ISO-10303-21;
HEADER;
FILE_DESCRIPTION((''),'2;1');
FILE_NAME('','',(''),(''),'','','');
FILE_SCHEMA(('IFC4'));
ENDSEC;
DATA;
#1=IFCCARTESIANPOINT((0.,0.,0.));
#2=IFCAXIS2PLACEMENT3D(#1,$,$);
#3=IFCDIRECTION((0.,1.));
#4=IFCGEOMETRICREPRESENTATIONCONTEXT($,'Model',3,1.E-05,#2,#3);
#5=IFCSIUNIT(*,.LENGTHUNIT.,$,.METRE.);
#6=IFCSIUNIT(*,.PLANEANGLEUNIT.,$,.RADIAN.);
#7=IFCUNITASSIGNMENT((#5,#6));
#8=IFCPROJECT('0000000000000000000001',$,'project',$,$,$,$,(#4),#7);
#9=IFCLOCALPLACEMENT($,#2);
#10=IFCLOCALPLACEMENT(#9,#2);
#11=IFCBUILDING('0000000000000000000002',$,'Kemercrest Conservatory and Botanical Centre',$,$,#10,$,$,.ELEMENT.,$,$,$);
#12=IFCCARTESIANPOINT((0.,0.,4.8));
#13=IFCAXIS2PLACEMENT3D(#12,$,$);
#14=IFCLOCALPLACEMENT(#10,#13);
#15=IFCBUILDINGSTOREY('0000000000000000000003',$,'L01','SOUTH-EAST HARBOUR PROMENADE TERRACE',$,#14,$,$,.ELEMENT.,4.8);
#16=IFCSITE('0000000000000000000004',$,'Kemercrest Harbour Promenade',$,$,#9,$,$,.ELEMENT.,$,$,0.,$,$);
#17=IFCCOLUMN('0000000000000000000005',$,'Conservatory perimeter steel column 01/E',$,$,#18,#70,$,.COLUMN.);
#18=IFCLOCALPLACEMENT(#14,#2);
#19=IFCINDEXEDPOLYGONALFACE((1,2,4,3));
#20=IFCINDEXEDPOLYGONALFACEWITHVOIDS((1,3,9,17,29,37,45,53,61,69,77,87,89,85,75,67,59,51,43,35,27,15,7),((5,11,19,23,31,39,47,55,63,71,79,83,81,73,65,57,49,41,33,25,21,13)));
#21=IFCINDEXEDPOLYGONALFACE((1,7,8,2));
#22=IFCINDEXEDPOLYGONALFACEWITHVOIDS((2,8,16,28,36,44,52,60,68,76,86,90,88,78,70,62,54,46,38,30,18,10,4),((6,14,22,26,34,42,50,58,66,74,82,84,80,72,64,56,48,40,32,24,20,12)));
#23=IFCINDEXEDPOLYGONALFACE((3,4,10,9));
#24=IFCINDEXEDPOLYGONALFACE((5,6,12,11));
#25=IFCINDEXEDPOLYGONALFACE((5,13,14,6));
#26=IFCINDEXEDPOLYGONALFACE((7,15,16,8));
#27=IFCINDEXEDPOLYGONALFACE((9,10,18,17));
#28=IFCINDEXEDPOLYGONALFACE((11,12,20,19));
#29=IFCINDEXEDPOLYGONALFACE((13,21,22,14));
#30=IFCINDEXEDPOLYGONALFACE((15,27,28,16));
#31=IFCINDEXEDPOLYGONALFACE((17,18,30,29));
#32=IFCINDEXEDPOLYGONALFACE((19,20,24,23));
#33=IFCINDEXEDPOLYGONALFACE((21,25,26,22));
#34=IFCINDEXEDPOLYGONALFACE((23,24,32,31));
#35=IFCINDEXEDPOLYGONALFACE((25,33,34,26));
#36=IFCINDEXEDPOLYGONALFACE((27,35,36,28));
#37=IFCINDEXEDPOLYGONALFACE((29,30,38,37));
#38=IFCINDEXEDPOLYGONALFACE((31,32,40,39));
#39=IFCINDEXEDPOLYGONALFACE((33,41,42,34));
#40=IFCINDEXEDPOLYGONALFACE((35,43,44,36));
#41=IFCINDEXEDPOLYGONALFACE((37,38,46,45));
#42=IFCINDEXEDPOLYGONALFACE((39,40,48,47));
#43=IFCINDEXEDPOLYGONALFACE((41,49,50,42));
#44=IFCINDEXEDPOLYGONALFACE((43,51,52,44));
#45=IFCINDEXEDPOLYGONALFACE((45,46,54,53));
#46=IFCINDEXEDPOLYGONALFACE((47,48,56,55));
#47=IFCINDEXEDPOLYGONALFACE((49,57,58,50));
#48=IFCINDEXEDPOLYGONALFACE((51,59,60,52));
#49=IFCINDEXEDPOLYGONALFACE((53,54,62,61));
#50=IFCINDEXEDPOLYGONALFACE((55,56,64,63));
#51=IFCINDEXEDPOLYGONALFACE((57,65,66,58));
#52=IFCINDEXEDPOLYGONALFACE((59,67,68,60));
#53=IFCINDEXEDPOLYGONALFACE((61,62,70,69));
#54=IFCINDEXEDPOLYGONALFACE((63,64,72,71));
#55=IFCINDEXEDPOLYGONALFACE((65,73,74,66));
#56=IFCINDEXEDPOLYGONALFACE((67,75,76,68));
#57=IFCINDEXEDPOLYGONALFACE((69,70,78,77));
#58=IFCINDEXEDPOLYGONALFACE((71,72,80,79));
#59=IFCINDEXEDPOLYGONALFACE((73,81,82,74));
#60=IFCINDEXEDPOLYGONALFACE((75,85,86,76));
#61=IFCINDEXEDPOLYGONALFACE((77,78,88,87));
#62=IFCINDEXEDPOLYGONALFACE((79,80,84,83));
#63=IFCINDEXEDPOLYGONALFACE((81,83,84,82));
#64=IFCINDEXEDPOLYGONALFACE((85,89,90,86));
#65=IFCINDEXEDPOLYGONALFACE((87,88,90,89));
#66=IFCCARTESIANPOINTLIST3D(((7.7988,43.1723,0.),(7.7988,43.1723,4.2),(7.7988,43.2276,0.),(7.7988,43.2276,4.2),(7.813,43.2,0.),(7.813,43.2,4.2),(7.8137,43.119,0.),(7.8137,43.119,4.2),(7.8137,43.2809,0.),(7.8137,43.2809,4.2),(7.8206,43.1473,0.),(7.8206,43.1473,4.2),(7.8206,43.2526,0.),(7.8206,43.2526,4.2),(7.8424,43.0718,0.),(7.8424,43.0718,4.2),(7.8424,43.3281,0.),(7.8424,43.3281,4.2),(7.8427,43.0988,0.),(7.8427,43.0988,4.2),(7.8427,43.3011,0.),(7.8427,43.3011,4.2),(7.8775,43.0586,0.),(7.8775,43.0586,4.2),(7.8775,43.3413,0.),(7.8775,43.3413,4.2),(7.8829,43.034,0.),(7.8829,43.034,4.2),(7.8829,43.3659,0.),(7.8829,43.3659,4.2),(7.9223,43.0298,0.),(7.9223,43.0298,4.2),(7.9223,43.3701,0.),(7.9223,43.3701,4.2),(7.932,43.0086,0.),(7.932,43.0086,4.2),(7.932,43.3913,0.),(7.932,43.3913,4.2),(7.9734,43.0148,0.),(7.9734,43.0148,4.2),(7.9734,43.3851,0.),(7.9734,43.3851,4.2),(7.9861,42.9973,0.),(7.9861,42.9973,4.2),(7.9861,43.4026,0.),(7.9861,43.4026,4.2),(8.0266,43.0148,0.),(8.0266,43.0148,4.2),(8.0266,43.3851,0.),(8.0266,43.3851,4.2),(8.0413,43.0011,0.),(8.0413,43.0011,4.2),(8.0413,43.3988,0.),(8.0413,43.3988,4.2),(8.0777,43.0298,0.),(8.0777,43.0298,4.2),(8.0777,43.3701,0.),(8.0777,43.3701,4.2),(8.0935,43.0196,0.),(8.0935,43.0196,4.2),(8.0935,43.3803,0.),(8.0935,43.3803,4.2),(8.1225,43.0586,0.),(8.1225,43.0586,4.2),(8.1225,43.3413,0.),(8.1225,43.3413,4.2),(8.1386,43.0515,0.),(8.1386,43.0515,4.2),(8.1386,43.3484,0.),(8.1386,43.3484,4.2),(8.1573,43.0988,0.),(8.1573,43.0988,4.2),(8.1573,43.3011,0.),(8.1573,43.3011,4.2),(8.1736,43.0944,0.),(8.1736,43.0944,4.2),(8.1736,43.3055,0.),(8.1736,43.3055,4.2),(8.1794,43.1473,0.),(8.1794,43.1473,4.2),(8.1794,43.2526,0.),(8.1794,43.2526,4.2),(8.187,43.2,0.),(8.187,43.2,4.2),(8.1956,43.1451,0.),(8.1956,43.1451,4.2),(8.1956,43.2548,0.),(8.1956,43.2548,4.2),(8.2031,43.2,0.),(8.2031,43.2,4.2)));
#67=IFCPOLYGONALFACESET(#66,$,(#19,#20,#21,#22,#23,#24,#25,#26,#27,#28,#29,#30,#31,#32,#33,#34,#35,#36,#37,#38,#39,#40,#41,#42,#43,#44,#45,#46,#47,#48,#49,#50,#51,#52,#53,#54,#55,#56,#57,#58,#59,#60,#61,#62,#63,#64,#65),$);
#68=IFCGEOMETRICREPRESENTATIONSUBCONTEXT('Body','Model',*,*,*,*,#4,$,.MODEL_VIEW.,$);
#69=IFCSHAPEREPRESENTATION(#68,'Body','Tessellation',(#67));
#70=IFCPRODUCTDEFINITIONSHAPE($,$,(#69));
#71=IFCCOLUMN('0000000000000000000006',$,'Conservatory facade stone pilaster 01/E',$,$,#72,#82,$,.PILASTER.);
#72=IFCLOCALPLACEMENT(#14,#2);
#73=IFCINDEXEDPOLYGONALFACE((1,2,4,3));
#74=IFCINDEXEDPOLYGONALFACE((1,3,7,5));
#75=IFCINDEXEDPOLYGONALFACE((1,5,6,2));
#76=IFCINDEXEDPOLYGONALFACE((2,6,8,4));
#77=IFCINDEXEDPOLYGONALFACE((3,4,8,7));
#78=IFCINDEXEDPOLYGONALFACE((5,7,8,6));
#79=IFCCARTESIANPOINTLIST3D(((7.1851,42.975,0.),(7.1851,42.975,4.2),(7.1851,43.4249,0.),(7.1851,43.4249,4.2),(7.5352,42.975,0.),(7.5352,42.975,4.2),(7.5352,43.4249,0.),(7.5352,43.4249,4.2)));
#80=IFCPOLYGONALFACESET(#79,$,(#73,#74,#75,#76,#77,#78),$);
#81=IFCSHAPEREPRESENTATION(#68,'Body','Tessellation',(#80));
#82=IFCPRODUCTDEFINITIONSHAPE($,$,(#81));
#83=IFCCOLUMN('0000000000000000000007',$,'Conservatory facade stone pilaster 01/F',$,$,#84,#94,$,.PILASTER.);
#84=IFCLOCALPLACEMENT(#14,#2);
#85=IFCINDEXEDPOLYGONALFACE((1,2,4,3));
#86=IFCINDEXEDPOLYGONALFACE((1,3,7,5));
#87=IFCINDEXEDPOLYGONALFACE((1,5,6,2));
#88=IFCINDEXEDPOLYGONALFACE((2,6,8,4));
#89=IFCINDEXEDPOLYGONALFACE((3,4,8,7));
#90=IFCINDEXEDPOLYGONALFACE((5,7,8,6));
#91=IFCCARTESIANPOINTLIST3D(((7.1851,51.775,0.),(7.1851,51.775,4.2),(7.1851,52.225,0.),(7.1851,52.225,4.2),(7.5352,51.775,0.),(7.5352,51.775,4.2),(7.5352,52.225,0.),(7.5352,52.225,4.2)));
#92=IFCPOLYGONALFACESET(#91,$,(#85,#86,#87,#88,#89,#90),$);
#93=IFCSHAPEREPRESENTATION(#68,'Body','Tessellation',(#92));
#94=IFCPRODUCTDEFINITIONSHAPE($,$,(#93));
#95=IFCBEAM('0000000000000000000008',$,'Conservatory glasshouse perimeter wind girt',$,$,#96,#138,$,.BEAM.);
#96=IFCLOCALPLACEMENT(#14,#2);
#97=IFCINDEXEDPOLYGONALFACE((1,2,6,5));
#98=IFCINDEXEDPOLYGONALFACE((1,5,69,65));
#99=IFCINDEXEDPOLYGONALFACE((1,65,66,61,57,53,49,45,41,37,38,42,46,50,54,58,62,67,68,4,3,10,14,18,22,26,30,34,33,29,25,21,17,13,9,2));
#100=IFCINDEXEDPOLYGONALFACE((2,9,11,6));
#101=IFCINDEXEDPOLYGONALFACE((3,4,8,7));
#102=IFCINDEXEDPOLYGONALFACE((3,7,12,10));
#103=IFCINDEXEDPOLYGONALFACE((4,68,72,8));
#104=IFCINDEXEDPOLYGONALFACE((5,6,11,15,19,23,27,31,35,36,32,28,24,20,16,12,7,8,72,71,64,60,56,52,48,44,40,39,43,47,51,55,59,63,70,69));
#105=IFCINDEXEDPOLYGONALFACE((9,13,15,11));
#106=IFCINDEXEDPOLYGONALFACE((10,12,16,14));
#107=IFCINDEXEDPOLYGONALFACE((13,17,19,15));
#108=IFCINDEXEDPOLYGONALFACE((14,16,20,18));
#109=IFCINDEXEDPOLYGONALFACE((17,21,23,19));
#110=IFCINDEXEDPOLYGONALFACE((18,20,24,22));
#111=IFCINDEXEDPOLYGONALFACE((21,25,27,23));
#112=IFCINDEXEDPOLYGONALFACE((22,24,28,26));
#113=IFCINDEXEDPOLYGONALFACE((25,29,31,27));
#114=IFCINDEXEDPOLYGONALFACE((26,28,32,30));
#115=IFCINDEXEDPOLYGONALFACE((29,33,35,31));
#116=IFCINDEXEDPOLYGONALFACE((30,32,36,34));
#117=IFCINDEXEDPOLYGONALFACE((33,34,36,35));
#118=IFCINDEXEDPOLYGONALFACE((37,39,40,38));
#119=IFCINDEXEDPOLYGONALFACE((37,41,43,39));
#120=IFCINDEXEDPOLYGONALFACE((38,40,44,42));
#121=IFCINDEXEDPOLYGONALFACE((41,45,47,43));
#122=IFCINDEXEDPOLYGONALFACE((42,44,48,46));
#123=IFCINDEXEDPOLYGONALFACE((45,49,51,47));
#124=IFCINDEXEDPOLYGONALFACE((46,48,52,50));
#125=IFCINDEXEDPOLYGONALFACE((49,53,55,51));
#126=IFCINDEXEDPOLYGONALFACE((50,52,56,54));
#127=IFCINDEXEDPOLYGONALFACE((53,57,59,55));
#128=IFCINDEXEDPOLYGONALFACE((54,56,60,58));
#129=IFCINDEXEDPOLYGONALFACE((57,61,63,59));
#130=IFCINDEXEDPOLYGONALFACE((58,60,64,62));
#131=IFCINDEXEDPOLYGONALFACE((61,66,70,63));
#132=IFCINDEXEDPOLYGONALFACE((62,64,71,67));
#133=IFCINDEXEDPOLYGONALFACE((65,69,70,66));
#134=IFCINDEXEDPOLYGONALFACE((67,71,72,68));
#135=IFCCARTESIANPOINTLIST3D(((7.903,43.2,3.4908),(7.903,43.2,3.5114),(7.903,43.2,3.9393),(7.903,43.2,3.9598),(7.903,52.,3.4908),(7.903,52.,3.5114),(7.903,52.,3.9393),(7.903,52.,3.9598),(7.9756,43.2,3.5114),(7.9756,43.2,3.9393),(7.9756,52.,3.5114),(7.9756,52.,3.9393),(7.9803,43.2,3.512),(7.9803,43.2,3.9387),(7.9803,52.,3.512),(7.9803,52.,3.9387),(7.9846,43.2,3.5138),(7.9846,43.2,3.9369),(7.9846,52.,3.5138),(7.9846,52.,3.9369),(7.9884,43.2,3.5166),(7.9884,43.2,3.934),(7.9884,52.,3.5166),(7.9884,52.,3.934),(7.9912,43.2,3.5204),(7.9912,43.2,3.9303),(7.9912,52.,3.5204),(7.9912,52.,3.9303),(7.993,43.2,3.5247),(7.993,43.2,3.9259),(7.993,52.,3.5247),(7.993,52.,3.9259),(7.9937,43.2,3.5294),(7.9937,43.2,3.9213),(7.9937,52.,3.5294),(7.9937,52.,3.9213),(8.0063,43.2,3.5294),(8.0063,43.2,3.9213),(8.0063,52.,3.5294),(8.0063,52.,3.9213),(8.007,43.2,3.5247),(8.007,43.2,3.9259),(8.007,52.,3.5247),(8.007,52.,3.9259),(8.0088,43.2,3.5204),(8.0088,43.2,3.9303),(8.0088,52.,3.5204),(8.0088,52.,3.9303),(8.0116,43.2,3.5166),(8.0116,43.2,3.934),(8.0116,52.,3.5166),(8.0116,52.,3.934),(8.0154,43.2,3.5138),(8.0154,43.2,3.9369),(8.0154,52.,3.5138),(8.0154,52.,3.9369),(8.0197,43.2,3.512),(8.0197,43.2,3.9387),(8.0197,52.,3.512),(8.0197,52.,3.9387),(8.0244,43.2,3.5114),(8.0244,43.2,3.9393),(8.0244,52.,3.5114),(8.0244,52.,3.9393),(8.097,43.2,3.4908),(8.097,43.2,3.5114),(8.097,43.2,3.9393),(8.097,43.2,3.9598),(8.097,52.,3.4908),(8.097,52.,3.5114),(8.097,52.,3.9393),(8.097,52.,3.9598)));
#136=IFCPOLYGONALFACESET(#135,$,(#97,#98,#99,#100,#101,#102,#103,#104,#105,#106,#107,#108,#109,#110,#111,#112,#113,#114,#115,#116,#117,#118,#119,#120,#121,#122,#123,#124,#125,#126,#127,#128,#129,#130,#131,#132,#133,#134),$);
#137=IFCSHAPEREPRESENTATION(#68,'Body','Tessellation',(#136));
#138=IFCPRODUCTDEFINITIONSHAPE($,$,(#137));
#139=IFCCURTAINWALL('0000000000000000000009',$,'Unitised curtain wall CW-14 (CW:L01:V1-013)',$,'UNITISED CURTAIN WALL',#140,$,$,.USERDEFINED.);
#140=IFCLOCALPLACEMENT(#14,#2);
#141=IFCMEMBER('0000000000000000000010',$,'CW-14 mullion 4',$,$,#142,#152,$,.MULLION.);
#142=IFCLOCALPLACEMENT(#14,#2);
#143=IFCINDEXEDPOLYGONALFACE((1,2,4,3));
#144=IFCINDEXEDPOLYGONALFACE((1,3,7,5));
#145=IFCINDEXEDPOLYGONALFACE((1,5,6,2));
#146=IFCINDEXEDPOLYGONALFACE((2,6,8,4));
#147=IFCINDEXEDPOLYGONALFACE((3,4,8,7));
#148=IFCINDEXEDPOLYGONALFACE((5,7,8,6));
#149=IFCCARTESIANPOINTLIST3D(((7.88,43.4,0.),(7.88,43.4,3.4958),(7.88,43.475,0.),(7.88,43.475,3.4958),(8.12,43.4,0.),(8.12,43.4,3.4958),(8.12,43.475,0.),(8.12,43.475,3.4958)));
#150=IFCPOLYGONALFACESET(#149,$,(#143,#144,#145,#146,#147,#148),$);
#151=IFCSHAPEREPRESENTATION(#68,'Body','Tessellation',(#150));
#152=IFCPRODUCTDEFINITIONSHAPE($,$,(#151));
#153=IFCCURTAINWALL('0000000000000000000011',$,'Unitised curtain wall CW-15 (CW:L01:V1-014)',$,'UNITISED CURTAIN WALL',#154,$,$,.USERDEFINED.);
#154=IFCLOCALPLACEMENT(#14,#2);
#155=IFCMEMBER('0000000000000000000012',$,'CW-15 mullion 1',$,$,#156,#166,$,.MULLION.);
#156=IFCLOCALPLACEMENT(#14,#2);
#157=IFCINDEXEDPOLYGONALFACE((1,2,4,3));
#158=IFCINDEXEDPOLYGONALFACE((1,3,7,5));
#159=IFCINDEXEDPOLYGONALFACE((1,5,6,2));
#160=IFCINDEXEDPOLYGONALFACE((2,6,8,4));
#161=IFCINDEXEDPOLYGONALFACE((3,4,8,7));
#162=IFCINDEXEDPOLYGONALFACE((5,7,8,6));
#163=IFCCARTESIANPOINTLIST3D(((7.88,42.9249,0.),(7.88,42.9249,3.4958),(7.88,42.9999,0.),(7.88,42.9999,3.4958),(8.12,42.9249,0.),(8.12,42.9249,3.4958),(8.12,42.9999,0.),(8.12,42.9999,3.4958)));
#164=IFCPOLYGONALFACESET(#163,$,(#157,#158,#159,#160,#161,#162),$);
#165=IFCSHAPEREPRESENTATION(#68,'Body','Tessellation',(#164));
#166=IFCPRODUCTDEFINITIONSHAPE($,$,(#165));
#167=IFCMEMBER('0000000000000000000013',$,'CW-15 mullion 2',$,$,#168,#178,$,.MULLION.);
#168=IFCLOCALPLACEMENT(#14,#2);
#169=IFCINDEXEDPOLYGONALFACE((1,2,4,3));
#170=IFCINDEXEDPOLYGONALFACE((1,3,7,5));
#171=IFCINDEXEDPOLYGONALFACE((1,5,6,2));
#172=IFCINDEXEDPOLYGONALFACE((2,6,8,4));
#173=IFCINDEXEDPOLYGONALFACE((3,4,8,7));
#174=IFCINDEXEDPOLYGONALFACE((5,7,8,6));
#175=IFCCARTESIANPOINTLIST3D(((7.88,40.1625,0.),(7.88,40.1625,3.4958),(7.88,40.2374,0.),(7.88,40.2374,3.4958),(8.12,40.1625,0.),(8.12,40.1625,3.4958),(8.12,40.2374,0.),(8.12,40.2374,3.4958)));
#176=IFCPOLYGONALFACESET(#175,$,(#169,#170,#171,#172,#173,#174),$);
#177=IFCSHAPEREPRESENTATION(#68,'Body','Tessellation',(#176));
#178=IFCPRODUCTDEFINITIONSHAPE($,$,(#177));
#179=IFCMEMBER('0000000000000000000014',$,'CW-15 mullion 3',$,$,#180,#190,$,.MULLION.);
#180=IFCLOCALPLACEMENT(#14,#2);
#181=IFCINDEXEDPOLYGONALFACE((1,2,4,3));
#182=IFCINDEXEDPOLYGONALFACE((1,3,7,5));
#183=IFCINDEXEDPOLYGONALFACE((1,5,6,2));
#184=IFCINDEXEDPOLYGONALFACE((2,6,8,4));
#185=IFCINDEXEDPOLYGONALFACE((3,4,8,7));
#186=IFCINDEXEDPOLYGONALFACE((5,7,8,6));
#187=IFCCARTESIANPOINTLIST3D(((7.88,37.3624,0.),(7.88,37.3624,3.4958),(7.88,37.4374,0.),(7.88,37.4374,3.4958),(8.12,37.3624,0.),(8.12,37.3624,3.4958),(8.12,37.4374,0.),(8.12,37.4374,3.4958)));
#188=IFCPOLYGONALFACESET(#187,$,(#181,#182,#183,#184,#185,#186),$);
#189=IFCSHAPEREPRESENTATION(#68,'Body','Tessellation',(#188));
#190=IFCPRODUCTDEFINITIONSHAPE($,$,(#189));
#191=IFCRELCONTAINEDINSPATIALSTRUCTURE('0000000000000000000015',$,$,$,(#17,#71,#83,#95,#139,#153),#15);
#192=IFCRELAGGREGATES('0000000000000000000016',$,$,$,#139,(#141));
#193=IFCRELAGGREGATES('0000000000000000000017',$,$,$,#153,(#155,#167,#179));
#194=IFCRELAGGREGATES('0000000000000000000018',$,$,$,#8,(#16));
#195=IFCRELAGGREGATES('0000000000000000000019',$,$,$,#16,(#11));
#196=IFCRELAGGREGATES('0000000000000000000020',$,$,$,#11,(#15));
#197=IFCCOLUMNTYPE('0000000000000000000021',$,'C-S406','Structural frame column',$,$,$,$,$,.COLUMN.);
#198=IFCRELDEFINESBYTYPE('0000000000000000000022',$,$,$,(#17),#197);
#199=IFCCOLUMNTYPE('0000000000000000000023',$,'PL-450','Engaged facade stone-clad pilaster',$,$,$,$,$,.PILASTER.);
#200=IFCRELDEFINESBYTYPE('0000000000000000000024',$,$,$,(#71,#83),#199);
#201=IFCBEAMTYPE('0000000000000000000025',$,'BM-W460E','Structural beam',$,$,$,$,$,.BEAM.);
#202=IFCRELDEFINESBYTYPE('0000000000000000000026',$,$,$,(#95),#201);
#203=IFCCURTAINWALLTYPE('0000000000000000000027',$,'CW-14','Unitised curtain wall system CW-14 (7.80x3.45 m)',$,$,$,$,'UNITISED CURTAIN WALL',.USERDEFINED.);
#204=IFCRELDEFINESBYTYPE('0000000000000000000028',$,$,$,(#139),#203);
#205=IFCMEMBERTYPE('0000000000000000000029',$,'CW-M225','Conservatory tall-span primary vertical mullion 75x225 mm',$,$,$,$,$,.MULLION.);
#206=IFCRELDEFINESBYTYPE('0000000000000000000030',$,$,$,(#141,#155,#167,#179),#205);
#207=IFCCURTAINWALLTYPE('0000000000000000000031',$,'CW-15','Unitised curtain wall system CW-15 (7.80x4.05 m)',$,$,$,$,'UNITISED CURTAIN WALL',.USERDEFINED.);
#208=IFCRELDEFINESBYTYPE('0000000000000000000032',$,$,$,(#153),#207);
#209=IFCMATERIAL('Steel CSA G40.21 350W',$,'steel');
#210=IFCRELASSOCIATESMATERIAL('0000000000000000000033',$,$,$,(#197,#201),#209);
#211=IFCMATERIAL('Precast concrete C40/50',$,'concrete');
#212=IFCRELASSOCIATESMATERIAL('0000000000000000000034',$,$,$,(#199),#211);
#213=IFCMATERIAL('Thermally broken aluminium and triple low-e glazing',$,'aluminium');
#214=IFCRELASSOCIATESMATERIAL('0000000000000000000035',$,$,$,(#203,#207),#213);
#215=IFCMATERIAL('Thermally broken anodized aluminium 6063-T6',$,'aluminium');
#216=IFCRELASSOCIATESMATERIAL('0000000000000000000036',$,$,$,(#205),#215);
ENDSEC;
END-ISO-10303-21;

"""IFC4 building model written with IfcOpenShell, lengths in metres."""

from ifc_helpers import new_model, si_unit, direction, frame, origin, origin_2d, place, context, subcontext, project, spatial, rectangle, hollow_circle, i_section, extrude, material, material_profile, profile_set, type_object, element, aggregate, save


model = new_model("IFC4")

# Units and contexts
model_context = context("Model", 3, precision=1e-05, world=origin(), true_north=direction((0.0, 1.0)))
body_context = subcontext(model_context, "Body", "Model", "MODEL_VIEW")
ifc_project = project(units=[si_unit("LENGTHUNIT", "METRE"), si_unit("PLANEANGLEUNIT", "RADIAN")], contexts=[model_context])

# Site, building, storey
site_placement = place(None, origin())
site = spatial("IfcSite", under=ifc_project, at=site_placement, Name="Kemercrest Harbour Promenade", CompositionType="ELEMENT", RefElevation=0.0)
building_placement = place(site_placement, origin())
building = spatial("IfcBuilding", under=site, at=building_placement, Name="Kemercrest Conservatory and Botanical Centre", CompositionType="ELEMENT")
storey_placement = place(building_placement, frame((0.0, 0.0, 4.8)))
storey = spatial("IfcBuildingStorey", under=building, at=storey_placement, Name="L01", Description="SOUTH-EAST HARBOUR PROMENADE TERRACE", CompositionType="ELEMENT", Elevation=4.8)

# Columns
ifc_material_1 = material(Name="Steel CSA G40.21 350W", Category="steel")
ifc_material_profile_1 = material_profile(ifc_material_1, hollow_circle(Radius=0.2031, WallThickness=0.0161, at=origin_2d()), Name="CHS 406.4x16.0")
ifc_profile_set_1 = profile_set([ifc_material_profile_1], Name="Steel CSA G40.21 350W")
column_type_1 = type_object("IfcColumnType", Name="C-S406", Description="Structural frame column", PredefinedType="COLUMN", material=ifc_profile_set_1)
column_placement = place(storey_placement, frame((8.0, 43.2, 0.0), z_axis=(0.0, 0.0, 1.0), x_axis=(1.0, 0.0, 0.0)))
element("IfcColumn", 1, at=column_placement, inside=storey, type_object=column_type_1, Name="Conservatory perimeter steel column 01/E", PredefinedType="COLUMN", context=body_context, shape_type="SweptSolid", body=[
    extrude(hollow_circle(Radius=0.2031, WallThickness=0.0161, at=origin_2d()), origin(), (0.0, 0.0, 1.0), 4.2),
])
ifc_material_2 = material(Name="Precast concrete C40/50", Category="concrete")
ifc_material_profile_2 = material_profile(ifc_material_2, rectangle(XDim=0.3501, YDim=0.45, at=origin_2d()), Name="RC 450x350")
ifc_profile_set_2 = profile_set([ifc_material_profile_2], Name="Precast concrete C40/50")
column_type_2 = type_object("IfcColumnType", Name="PL-450", Description="Engaged facade stone-clad pilaster", PredefinedType="PILASTER", material=ifc_profile_set_2)
for number, where, z_axis, x_axis, name in (
    (2, (7.3601, 43.2, 0.0), (0.0, 0.0, 1.0), (1.0, 0.0, 0.0), "Conservatory facade stone pilaster 01/E"),
    (3, (7.3601, 52.0, 0.0), (0.0, 0.0, 1.0), (1.0, 0.0, 0.0), "Conservatory facade stone pilaster 01/F"),
):
    element("IfcColumn", number, at=place(storey_placement, frame(where, z_axis=z_axis, x_axis=x_axis)), inside=storey, type_object=column_type_2, Name=name, PredefinedType="PILASTER", context=body_context, shape_type="SweptSolid", body=[
        extrude(rectangle(XDim=0.3501, YDim=0.45, at=origin_2d()), origin(), (0.0, 0.0, 1.0), 4.2),
    ])

# Beam
ifc_material_profile_3 = material_profile(ifc_material_1, i_section(OverallWidth=0.1941, OverallDepth=0.469, WebThickness=0.0127, FlangeThickness=0.0205, FilletRadius=0.0181, at=origin_2d()), Name="W460X106")
ifc_profile_set_3 = profile_set([ifc_material_profile_3], Name="Steel CSA G40.21 350W")
beam_type = type_object("IfcBeamType", Name="BM-W460E", Description="Structural beam", PredefinedType="BEAM", material=ifc_profile_set_3)
beam_placement = place(storey_placement, frame((8.0, 43.2, 3.7253), z_axis=(0.0, 1.0, 0.0), x_axis=(-1.0, 0.0, 0.0)))
element("IfcBeam", 4, at=beam_placement, inside=storey, type_object=beam_type, Name="Conservatory glasshouse perimeter wind girt", PredefinedType="BEAM", context=body_context, shape_type="SweptSolid", body=[
    extrude(i_section(OverallWidth=0.1941, OverallDepth=0.469, WebThickness=0.0127, FlangeThickness=0.0205, FilletRadius=0.0181, at=origin_2d()), origin(), (0.0, 0.0, 1.0), 8.8),
])

# Curtain wall, member
ifc_material_3 = material(Name="Thermally broken aluminium and triple low-e glazing", Category="aluminium")
curtain_wall_type_1 = type_object("IfcCurtainWallType", Name="CW-14", Description="Unitised curtain wall system CW-14 (7.80x3.45 m)", ElementType="UNITISED CURTAIN WALL", PredefinedType="USERDEFINED", material=ifc_material_3)
curtain_wall_1_placement = place(storey_placement, origin())
curtain_wall_1 = element("IfcCurtainWall", 5, at=curtain_wall_1_placement, inside=storey, type_object=curtain_wall_type_1, Name="Unitised curtain wall CW-14 (CW:L01:V1-013)", ObjectType="UNITISED CURTAIN WALL", PredefinedType="USERDEFINED")
ifc_material_4 = material(Name="Thermally broken anodized aluminium 6063-T6", Category="aluminium")
ifc_material_profile_4 = material_profile(ifc_material_4, rectangle(XDim=0.24, YDim=0.075, at=origin_2d()), Name="AL MULLION 75x240")
ifc_profile_set_4 = profile_set([ifc_material_profile_4], Name="Thermally broken anodized aluminium 6063-T6")
member_type_1 = type_object("IfcMemberType", Name="CW-M225", Description="Conservatory tall-span primary vertical mullion 75x225 mm", PredefinedType="MULLION", material=ifc_profile_set_4)
member_1_placement = place(storey_placement, frame((8.0, 43.4375, 0.0), z_axis=(0.0, 0.0, 1.0), x_axis=(1.0, 0.0, 0.0)))
member_1 = element("IfcMember", 6, at=member_1_placement, type_object=member_type_1, Name="CW-14 mullion 4", PredefinedType="MULLION", context=body_context, shape_type="SweptSolid", body=[
    extrude(rectangle(XDim=0.24, YDim=0.075, at=origin_2d()), origin(), (0.0, 0.0, 1.0), 3.4958),
])

# Curtain wall, members
curtain_wall_type_2 = type_object("IfcCurtainWallType", Name="CW-15", Description="Unitised curtain wall system CW-15 (7.80x4.05 m)", ElementType="UNITISED CURTAIN WALL", PredefinedType="USERDEFINED", material=ifc_material_3)
curtain_wall_2_placement = place(storey_placement, origin())
curtain_wall_2 = element("IfcCurtainWall", 7, at=curtain_wall_2_placement, inside=storey, type_object=curtain_wall_type_2, Name="Unitised curtain wall CW-15 (CW:L01:V1-014)", ObjectType="UNITISED CURTAIN WALL", PredefinedType="USERDEFINED")
member_2_placement = place(storey_placement, frame((8.0, 42.9624, 0.0), z_axis=(0.0, 0.0, 1.0), x_axis=(1.0, 0.0, 0.0)))
member_2 = element("IfcMember", 8, at=member_2_placement, type_object=member_type_1, Name="CW-15 mullion 1", PredefinedType="MULLION", context=body_context, shape_type="SweptSolid", body=[
    extrude(rectangle(XDim=0.24, YDim=0.075, at=origin_2d()), origin(), (0.0, 0.0, 1.0), 3.4958),
])
member_3_placement = place(storey_placement, frame((8.0, 40.2, 0.0), z_axis=(0.0, 0.0, 1.0), x_axis=(1.0, 0.0, 0.0)))
member_3 = element("IfcMember", 9, at=member_3_placement, type_object=member_type_1, Name="CW-15 mullion 2", PredefinedType="MULLION", context=body_context, shape_type="SweptSolid", body=[
    extrude(rectangle(XDim=0.24, YDim=0.075, at=origin_2d()), origin(), (0.0, 0.0, 1.0), 3.4958),
])
member_4_placement = place(storey_placement, frame((8.0, 37.3999, 0.0), z_axis=(0.0, 0.0, 1.0), x_axis=(1.0, 0.0, 0.0)))
member_4 = element("IfcMember", 10, at=member_4_placement, type_object=member_type_1, Name="CW-15 mullion 3", PredefinedType="MULLION", context=body_context, shape_type="SweptSolid", body=[
    extrude(rectangle(XDim=0.24, YDim=0.075, at=origin_2d()), origin(), (0.0, 0.0, 1.0), 3.4958),
])

aggregate(curtain_wall_1, [member_1])
aggregate(curtain_wall_2, [member_2, member_3, member_4])

save(model, "model.ifc")
